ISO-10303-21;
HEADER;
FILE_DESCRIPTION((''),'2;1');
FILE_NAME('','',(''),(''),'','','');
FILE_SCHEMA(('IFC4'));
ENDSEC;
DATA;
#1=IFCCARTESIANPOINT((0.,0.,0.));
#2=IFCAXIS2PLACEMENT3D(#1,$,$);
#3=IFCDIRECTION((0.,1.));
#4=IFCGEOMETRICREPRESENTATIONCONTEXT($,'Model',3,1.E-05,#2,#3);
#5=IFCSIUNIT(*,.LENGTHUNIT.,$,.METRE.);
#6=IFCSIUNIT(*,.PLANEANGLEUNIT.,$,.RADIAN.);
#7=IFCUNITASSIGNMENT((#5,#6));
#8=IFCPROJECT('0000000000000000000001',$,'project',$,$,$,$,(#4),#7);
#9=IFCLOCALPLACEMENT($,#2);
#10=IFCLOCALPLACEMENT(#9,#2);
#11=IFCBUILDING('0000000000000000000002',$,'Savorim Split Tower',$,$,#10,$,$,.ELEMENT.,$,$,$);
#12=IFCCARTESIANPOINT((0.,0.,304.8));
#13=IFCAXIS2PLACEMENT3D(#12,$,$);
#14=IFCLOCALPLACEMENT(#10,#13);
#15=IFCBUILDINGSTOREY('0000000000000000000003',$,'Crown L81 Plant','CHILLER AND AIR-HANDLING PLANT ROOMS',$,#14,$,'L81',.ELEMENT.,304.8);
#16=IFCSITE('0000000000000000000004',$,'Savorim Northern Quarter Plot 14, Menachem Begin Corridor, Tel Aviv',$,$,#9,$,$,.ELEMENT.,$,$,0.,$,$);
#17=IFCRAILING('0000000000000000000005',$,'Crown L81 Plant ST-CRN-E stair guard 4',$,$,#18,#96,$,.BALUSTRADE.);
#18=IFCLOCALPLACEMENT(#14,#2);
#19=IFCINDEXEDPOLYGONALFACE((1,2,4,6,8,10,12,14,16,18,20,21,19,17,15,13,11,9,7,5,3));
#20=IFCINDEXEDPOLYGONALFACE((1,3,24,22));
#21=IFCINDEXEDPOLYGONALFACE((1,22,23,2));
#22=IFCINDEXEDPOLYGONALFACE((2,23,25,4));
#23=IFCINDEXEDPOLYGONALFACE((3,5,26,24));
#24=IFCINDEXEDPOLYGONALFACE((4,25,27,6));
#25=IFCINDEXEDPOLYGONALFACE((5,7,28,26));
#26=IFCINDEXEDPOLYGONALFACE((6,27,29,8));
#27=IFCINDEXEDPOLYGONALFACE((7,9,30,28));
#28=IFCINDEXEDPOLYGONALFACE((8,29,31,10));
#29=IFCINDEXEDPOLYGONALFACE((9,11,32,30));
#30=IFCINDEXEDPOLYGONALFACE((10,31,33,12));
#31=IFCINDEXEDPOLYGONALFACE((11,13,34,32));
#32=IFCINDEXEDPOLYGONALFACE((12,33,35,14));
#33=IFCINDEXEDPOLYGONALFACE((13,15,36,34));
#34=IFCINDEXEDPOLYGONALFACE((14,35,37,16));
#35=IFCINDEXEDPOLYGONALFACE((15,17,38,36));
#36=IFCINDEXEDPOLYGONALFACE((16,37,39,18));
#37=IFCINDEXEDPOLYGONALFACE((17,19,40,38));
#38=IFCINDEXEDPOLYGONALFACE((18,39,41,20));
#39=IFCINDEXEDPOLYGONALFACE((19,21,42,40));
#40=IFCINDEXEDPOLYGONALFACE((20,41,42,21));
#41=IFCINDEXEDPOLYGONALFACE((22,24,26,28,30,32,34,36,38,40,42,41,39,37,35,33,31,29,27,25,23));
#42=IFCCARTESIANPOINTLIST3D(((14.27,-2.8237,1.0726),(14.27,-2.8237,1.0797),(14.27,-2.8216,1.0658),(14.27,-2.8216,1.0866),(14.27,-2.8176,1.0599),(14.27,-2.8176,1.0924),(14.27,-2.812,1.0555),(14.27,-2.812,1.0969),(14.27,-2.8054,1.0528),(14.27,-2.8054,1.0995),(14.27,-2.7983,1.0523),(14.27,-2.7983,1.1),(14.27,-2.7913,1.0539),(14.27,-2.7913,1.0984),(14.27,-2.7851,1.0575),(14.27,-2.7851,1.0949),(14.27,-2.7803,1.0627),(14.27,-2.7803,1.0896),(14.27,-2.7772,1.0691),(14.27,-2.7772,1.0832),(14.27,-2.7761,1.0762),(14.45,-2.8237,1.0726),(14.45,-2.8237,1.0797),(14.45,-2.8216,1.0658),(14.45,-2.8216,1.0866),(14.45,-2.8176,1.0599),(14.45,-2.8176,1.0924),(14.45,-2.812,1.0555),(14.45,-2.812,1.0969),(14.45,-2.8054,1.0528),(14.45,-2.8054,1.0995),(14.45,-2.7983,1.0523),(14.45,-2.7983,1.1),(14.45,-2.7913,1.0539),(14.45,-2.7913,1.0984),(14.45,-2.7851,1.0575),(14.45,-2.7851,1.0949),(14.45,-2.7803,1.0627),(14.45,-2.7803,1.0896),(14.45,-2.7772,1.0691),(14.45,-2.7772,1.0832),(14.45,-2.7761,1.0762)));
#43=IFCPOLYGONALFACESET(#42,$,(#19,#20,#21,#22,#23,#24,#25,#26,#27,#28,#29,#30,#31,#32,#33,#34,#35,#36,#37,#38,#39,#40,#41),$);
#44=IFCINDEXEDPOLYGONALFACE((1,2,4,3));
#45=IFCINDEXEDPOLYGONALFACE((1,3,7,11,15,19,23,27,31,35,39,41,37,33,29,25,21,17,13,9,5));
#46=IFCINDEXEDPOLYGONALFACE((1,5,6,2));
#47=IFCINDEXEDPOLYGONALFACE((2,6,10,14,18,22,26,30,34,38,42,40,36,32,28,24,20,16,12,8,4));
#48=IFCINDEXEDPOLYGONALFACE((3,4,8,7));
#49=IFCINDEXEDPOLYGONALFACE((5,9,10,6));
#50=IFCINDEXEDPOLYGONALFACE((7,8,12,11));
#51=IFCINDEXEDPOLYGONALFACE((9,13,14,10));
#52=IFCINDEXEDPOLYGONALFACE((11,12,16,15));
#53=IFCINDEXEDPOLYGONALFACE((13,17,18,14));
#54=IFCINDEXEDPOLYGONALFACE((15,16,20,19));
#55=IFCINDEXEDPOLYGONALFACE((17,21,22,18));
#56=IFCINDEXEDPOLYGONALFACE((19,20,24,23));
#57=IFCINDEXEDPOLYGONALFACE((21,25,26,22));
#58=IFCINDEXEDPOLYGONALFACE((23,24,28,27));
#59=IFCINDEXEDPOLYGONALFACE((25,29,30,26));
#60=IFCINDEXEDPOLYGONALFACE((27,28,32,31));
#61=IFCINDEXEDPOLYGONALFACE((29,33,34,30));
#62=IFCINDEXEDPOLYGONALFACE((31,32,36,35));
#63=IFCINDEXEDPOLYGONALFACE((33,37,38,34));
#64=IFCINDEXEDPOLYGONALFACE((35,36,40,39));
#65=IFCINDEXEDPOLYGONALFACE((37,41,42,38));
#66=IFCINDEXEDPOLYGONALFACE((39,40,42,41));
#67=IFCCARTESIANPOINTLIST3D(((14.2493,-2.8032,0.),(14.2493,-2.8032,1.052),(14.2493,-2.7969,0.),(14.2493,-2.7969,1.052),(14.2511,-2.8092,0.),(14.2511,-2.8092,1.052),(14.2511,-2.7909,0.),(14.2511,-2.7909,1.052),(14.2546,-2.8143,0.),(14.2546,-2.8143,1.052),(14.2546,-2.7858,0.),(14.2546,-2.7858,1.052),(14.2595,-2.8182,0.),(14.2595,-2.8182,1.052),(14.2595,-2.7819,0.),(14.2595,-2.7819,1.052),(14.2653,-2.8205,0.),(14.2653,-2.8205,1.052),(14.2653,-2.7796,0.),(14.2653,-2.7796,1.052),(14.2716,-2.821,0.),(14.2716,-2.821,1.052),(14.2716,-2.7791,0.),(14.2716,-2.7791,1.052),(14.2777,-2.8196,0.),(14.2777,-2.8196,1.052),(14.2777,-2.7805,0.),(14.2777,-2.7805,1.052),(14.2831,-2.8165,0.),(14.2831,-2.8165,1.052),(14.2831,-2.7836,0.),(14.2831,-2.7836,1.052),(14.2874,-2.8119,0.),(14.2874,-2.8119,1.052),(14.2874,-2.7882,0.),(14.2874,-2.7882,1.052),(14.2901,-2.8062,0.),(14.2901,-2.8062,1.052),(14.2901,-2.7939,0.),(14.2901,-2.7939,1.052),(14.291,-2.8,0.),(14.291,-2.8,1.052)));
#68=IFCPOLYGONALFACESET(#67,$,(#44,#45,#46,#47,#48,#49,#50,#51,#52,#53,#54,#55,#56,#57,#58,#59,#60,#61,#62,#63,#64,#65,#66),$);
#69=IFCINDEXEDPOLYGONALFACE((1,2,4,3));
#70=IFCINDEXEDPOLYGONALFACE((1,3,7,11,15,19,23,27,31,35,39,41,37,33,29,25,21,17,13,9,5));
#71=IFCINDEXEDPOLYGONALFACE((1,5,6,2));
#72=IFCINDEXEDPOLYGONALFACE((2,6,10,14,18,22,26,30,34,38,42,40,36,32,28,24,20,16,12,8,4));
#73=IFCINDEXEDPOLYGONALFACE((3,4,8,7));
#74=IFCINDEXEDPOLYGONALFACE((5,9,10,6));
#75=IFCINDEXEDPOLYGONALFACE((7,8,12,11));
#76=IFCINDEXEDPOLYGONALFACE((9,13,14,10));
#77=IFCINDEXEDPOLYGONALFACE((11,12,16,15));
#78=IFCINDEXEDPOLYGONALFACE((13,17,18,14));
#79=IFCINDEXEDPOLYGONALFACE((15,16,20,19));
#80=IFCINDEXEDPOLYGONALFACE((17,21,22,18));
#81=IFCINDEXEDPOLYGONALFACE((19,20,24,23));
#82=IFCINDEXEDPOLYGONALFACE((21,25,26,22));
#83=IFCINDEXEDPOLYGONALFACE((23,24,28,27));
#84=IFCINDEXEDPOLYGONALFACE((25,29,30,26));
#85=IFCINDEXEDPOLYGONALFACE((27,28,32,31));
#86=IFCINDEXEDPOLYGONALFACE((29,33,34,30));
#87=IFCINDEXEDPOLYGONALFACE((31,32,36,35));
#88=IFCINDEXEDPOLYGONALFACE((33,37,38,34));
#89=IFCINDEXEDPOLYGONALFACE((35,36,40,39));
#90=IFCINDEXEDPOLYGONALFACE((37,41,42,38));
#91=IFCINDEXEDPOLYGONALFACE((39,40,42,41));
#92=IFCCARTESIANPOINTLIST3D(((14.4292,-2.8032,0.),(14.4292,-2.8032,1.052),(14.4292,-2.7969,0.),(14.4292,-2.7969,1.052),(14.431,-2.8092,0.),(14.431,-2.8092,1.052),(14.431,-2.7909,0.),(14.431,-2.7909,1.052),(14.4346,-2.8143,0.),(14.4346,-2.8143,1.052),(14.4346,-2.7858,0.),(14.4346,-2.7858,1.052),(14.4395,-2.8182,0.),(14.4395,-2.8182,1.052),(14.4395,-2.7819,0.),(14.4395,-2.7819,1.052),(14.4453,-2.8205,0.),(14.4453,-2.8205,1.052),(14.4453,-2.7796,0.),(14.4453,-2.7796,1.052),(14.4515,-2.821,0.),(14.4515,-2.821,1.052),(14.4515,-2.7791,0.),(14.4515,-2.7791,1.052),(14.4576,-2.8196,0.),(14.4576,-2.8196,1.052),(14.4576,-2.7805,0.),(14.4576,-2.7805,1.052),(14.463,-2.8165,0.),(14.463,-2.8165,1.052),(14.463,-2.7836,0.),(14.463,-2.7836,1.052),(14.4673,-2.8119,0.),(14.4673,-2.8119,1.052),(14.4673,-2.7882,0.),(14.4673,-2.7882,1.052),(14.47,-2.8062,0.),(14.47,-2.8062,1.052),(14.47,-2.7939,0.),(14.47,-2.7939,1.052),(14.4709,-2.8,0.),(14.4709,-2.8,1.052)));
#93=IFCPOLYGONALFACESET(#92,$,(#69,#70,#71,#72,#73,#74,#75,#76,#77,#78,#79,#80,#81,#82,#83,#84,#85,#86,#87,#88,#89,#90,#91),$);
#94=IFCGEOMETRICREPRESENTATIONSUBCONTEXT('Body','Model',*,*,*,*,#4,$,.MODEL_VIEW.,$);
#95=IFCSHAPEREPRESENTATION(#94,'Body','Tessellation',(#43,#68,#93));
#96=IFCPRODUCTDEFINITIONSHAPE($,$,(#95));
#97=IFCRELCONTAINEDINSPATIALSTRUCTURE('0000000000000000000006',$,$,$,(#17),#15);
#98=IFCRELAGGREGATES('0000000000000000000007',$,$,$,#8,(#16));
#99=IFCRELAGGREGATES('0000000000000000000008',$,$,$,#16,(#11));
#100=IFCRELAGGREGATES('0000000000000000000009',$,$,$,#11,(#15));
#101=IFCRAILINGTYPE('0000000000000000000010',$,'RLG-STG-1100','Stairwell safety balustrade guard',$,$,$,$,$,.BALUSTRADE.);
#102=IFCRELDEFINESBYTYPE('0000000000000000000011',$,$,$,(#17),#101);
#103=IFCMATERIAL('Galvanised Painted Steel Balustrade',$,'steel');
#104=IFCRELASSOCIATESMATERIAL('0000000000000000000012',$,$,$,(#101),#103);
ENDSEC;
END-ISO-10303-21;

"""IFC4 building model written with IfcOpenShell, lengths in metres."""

from ifc_helpers import new_model, si_unit, direction, frame, origin, origin_2d, place, context, subcontext, project, spatial, circle, extrude, material, type_object, element, save


model = new_model("IFC4")

# Units and contexts
model_context = context("Model", 3, precision=1e-05, world=origin(), true_north=direction((0.0, 1.0)))
body_context = subcontext(model_context, "Body", "Model", "MODEL_VIEW")
ifc_project = project(units=[si_unit("LENGTHUNIT", "METRE"), si_unit("PLANEANGLEUNIT", "RADIAN")], contexts=[model_context])

# Site, building, storey
site_placement = place(None, origin())
site = spatial("IfcSite", under=ifc_project, at=site_placement, Name="Savorim Northern Quarter Plot 14, Menachem Begin Corridor, Tel Aviv", CompositionType="ELEMENT", RefElevation=0.0)
building_placement = place(site_placement, origin())
building = spatial("IfcBuilding", under=site, at=building_placement, Name="Savorim Split Tower", CompositionType="ELEMENT")
storey_placement = place(building_placement, frame((0.0, 0.0, 304.8)))
storey = spatial("IfcBuildingStorey", under=building, at=storey_placement, Name="Crown L81 Plant", Description="CHILLER AND AIR-HANDLING PLANT ROOMS", LongName="L81", CompositionType="ELEMENT", Elevation=304.8)

# Railing
ifc_material_1 = material(Name="Galvanised Painted Steel Balustrade", Category="steel")
railing_type_1 = type_object("IfcRailingType", Name="RLG-STG-1100", Description="Stairwell safety balustrade guard", PredefinedType="BALUSTRADE", material=ifc_material_1)
railing_1_placement = place(storey_placement, frame((14.27, -2.8, 0.0)))
element("IfcRailing", 1, at=railing_1_placement, inside=storey, type_object=railing_type_1, Name="Crown L81 Plant ST-CRN-E stair guard 4", PredefinedType="BALUSTRADE", context=body_context, shape_type="SweptSolid", body=[
    extrude(circle(Radius=0.0239, at=origin_2d()), frame((0.0, 0.0, 1.0762), z_axis=(1.0, 0.0, 0.0), x_axis=(0.0, 1.0, 0.0)), (0.0, 0.0, 1.0), 0.1799),
    extrude(circle(Radius=0.021, at=origin_2d()), origin(), (0.0, 0.0, 1.0), 1.052),
    extrude(circle(Radius=0.021, at=origin_2d()), frame((0.1799, 0.0, 0.0)), (0.0, 0.0, 1.0), 1.052),
])

save(model, "model.ifc")
